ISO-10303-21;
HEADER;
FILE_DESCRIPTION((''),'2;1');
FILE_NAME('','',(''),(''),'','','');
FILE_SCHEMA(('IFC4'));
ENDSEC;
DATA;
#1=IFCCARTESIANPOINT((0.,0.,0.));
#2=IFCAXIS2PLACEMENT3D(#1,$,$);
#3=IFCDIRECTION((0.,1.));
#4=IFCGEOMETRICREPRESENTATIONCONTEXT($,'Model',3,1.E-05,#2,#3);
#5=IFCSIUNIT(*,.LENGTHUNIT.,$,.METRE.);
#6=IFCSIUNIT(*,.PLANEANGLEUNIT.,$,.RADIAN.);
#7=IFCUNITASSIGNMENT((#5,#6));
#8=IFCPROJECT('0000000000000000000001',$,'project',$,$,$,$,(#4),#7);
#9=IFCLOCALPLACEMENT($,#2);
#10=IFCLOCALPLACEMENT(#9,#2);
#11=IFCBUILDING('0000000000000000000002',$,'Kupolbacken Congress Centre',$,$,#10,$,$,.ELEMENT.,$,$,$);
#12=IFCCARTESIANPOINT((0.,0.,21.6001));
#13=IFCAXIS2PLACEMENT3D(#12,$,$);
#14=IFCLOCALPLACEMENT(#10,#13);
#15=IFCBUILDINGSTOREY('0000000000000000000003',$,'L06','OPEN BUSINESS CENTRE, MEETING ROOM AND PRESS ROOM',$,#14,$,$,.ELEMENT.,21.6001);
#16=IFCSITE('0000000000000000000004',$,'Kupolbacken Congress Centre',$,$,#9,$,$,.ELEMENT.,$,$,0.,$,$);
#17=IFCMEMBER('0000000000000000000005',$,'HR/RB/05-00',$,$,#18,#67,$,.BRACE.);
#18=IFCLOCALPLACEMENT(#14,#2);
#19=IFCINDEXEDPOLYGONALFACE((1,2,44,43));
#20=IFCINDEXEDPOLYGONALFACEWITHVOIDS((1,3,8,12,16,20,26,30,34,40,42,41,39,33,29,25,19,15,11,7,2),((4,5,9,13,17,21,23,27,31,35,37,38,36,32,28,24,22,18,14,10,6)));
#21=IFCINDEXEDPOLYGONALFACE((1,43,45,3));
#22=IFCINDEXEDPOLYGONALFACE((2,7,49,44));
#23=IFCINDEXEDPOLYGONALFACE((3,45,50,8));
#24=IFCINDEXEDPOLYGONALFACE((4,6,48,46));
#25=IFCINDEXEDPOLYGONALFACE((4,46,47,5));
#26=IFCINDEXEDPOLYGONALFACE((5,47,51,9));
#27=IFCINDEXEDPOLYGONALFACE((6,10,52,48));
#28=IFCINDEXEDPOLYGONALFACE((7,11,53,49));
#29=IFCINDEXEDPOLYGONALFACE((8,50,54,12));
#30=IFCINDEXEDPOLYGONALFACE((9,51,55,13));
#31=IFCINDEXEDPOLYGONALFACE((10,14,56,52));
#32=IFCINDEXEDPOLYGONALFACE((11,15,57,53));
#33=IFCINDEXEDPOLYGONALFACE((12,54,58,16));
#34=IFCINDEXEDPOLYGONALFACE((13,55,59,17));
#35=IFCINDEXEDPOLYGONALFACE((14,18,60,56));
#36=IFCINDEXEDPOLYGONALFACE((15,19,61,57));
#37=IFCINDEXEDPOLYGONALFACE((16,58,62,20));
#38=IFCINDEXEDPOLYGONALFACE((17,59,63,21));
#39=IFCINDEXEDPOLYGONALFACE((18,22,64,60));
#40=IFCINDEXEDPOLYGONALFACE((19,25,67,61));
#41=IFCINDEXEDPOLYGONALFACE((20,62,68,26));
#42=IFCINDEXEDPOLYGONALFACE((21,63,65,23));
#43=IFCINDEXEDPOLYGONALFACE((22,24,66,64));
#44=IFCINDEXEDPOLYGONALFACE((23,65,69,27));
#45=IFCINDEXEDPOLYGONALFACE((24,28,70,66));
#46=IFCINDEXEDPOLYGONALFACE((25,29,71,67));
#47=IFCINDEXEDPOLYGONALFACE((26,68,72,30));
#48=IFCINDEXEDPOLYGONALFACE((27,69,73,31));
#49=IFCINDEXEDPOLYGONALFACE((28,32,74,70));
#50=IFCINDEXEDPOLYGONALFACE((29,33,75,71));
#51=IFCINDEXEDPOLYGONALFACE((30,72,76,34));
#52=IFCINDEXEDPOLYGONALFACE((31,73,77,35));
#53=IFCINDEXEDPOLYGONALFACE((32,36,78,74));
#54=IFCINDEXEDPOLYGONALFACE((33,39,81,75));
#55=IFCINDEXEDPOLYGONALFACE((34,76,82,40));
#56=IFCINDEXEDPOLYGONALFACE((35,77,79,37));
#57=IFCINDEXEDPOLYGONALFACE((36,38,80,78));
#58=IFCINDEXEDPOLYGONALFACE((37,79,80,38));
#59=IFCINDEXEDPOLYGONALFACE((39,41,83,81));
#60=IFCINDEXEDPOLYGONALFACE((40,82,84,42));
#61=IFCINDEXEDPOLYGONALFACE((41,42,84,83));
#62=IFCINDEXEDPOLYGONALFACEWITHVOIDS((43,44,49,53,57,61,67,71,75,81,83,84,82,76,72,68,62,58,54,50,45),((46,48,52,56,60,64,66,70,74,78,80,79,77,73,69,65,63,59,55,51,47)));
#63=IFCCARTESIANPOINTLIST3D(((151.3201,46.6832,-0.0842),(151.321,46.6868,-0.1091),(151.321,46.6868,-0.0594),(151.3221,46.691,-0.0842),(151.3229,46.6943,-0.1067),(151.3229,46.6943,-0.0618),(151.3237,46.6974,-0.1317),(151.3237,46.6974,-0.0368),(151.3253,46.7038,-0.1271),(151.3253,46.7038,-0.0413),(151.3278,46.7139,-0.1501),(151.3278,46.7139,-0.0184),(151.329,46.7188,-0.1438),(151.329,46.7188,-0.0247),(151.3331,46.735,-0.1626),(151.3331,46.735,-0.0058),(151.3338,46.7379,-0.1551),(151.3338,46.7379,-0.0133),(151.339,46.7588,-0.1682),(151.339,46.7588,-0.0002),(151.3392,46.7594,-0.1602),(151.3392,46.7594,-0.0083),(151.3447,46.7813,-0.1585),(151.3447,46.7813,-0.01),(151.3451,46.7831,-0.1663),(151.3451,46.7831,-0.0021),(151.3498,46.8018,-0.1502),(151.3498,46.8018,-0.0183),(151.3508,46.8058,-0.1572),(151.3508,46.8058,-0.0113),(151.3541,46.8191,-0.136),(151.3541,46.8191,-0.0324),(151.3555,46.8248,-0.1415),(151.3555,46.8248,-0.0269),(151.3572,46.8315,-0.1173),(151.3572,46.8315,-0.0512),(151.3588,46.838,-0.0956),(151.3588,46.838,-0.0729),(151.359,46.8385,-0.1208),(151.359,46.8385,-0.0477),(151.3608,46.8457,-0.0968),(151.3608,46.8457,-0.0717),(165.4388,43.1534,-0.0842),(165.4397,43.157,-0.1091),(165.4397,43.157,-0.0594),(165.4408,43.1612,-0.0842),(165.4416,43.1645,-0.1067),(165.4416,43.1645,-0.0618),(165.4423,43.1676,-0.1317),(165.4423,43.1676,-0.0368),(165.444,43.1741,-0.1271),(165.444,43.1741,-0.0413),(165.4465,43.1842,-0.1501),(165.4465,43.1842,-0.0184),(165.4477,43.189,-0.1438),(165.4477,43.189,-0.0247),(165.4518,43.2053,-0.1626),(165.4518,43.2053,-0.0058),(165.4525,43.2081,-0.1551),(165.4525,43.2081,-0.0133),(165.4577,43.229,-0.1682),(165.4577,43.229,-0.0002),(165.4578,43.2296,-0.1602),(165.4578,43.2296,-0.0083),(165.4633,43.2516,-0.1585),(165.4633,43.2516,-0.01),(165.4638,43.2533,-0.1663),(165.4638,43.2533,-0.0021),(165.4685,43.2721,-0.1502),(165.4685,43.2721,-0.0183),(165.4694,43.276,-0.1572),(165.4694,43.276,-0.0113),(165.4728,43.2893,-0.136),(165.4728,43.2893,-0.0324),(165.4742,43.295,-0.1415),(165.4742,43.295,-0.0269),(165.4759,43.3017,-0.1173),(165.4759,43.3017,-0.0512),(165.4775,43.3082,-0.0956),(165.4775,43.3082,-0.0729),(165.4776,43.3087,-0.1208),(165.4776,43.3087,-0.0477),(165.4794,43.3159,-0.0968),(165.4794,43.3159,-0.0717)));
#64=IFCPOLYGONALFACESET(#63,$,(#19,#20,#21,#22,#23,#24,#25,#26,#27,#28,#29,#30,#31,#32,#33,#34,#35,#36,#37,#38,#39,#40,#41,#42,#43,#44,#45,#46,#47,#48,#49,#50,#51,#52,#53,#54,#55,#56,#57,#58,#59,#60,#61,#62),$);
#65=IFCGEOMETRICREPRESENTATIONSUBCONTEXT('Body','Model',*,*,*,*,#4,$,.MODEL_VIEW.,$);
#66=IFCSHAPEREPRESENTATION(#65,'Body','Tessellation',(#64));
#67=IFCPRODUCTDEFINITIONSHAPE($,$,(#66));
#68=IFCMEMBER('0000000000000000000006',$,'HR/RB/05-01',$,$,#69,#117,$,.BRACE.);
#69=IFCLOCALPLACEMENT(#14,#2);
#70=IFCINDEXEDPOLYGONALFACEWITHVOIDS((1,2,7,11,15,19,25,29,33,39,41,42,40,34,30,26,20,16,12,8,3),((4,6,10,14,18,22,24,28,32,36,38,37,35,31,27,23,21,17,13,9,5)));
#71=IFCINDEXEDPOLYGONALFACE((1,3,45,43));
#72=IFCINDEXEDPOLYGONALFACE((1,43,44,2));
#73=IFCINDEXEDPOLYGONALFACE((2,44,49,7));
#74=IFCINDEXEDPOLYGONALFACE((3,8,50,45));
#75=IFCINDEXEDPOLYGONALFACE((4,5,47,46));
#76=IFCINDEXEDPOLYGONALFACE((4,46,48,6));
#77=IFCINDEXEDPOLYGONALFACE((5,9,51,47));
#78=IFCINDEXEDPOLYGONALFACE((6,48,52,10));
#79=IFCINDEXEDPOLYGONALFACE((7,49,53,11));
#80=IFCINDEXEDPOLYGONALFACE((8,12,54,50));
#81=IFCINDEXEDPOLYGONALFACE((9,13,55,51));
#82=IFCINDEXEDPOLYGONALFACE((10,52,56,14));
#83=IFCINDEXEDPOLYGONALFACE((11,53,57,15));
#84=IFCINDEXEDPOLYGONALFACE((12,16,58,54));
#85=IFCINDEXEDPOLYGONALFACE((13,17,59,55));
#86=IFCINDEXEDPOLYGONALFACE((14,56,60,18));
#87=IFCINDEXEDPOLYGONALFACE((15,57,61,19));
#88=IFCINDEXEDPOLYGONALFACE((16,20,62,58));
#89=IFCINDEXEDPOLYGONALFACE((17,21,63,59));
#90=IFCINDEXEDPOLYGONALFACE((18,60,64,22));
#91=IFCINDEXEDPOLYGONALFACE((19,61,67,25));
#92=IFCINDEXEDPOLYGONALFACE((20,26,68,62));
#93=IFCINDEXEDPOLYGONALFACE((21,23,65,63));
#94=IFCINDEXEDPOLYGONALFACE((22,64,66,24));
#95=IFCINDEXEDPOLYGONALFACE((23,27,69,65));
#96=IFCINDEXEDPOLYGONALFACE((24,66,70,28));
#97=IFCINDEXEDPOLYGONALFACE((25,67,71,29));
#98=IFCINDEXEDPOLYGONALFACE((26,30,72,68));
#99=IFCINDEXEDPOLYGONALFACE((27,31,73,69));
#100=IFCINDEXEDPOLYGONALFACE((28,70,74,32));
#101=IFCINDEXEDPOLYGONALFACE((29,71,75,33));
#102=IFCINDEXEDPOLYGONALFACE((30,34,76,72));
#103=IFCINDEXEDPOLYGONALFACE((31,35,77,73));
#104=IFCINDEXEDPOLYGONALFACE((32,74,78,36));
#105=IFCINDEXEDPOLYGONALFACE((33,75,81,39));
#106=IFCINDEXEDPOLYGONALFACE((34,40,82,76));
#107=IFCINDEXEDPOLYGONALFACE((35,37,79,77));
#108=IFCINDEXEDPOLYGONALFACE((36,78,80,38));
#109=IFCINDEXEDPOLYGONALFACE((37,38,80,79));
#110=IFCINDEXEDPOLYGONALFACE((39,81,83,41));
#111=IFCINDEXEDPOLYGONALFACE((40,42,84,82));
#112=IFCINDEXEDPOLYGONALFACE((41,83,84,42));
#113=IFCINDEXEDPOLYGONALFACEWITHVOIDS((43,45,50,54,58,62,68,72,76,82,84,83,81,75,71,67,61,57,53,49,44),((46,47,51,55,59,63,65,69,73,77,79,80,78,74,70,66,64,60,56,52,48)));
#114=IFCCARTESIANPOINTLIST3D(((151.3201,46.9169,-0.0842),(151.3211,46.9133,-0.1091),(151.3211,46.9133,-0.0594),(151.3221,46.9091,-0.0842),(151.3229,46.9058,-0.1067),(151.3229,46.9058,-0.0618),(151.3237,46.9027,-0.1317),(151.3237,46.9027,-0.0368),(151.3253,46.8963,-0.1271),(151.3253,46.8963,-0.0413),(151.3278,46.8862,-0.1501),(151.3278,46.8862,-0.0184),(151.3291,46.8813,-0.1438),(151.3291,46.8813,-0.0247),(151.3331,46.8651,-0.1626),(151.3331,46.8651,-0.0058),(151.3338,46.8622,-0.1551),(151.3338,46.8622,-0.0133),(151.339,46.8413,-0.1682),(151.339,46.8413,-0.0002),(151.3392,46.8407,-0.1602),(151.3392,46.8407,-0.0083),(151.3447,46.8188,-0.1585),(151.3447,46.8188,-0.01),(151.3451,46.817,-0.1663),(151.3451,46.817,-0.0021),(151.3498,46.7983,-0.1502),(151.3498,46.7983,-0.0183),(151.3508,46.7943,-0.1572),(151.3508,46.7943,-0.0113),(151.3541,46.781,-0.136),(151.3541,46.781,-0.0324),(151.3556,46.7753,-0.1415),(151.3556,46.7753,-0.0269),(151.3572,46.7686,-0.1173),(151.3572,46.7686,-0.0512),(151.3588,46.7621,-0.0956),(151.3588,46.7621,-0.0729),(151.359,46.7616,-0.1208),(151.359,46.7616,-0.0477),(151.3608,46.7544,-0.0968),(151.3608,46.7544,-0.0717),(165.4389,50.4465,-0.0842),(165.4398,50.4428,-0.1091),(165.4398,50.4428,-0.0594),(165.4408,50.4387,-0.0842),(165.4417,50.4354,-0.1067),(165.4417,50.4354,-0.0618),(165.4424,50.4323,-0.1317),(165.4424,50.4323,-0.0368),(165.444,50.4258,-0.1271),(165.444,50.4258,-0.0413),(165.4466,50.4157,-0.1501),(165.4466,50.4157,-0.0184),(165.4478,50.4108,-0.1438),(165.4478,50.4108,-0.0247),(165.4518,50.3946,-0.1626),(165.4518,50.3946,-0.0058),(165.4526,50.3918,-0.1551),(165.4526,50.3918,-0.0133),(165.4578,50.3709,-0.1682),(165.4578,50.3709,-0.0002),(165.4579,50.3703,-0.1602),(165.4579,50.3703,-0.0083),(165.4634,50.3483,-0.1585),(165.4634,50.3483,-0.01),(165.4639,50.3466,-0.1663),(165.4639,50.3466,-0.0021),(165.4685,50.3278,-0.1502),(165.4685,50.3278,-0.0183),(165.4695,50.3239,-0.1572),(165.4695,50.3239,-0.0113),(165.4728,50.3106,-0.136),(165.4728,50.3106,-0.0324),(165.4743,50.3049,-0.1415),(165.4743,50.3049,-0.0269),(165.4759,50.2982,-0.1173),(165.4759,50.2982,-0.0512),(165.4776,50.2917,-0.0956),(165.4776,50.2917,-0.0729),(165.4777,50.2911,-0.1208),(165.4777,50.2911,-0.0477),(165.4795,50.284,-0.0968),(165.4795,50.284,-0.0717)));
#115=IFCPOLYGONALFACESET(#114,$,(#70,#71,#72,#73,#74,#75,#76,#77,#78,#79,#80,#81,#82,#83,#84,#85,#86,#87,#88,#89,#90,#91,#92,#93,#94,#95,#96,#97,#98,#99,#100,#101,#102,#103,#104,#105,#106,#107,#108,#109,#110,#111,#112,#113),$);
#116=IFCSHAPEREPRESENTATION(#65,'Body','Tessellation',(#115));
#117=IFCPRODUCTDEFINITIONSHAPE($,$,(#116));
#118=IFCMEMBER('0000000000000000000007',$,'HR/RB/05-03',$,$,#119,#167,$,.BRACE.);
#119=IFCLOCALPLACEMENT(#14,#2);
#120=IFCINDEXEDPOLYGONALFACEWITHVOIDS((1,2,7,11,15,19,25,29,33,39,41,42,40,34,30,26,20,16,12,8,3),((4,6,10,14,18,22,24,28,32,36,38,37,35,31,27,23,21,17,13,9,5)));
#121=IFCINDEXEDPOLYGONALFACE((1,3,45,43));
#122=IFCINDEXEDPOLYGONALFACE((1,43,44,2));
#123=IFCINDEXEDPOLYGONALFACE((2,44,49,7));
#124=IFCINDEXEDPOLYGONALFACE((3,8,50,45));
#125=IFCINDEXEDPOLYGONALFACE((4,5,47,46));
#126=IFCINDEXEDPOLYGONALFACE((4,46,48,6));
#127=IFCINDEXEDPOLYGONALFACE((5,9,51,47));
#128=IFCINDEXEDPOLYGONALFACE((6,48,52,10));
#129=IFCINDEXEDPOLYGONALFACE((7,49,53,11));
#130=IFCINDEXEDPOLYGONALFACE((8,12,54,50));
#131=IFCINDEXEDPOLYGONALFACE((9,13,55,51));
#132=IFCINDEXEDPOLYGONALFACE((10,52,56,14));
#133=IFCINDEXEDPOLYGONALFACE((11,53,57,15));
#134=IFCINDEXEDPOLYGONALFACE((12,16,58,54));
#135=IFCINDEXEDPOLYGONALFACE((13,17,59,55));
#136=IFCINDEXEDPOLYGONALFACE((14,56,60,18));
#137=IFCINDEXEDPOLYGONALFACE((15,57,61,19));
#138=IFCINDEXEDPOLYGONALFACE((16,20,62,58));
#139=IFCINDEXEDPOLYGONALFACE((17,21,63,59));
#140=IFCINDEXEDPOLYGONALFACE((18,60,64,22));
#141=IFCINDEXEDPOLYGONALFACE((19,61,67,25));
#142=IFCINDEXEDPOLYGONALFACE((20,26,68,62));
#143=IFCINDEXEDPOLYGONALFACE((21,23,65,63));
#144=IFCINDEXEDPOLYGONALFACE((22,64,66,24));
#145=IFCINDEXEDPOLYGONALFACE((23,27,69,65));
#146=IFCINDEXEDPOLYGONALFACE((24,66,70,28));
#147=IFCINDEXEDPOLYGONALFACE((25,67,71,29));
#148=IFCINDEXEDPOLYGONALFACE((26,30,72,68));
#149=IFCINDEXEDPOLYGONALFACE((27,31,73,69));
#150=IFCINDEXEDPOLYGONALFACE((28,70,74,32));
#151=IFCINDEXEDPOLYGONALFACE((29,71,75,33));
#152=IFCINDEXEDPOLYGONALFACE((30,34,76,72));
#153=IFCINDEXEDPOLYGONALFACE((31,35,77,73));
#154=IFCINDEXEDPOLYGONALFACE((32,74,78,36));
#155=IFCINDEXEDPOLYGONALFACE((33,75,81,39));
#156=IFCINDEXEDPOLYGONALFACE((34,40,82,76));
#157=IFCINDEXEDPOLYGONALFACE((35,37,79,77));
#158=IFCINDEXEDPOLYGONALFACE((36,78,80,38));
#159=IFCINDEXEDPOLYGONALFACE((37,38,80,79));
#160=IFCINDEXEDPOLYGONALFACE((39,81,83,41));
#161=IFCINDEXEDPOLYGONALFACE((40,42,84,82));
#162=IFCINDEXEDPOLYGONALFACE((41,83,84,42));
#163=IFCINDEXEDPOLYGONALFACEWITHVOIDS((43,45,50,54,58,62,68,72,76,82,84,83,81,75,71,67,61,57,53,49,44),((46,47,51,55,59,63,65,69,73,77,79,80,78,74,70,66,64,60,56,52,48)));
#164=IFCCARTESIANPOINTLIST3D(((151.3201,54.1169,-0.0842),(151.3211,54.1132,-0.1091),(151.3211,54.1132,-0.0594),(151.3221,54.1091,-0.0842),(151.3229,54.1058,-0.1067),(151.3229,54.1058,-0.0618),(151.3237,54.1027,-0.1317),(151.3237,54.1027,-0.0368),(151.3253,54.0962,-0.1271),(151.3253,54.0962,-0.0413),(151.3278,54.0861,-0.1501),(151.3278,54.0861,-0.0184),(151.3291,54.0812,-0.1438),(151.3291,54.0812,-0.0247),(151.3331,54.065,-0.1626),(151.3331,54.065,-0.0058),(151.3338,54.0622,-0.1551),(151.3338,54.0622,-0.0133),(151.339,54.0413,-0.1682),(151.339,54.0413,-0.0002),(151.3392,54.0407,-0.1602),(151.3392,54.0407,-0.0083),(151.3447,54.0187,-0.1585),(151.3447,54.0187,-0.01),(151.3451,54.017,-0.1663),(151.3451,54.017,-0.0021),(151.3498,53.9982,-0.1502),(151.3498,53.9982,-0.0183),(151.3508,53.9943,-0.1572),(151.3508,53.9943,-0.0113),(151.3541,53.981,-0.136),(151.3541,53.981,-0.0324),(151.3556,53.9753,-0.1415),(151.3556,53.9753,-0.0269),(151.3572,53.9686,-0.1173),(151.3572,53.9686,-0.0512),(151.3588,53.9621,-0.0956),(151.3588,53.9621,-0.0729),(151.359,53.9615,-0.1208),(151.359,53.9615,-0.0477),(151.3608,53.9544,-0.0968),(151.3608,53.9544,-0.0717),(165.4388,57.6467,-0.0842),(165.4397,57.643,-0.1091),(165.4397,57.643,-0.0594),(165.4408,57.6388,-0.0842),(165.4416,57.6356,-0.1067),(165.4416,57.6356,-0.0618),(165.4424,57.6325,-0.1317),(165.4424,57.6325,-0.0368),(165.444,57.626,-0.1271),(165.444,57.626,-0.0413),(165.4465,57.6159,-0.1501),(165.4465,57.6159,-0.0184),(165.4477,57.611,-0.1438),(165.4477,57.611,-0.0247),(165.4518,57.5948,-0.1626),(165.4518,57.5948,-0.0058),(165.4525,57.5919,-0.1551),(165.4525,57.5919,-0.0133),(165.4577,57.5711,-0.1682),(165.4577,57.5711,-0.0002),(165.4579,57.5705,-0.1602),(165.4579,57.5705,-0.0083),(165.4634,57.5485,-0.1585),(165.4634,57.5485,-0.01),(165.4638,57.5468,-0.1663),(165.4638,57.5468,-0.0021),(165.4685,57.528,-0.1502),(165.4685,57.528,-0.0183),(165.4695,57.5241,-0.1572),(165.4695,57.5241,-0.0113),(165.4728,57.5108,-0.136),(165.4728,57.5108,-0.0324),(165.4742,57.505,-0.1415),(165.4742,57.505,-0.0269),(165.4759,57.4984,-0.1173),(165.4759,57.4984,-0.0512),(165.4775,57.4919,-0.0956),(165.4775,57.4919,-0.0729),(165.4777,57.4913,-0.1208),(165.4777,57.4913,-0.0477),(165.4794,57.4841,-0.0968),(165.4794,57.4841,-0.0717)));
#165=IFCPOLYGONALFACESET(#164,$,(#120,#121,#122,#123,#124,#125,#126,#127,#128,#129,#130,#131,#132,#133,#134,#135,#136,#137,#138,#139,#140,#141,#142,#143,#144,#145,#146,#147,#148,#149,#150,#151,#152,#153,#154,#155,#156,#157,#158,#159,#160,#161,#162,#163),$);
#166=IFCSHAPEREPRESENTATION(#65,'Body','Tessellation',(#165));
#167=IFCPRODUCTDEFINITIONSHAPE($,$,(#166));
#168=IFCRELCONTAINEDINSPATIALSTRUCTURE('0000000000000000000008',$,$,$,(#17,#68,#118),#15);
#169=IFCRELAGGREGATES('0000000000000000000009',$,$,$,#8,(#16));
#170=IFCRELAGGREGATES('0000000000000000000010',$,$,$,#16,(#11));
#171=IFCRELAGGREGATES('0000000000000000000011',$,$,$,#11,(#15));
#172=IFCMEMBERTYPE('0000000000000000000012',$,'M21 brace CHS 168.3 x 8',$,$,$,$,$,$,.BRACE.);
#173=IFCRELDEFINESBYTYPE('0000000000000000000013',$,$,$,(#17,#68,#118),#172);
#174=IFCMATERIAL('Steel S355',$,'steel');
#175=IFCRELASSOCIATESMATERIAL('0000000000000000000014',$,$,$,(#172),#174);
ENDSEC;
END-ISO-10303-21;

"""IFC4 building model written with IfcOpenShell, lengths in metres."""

from ifc_helpers import new_model, si_unit, direction, frame, origin, origin_2d, place, context, subcontext, project, spatial, hollow_circle, extrude, material, material_profile, profile_set, type_object, element, save


model = new_model("IFC4")

# Units and contexts
model_context = context("Model", 3, precision=1e-05, world=origin(), true_north=direction((0.0, 1.0)))
body_context = subcontext(model_context, "Body", "Model", "MODEL_VIEW")
ifc_project = project(units=[si_unit("LENGTHUNIT", "METRE"), si_unit("PLANEANGLEUNIT", "RADIAN")], contexts=[model_context])

# Site, building, storey
site_placement = place(None, origin())
site = spatial("IfcSite", under=ifc_project, at=site_placement, Name="Kupolbacken Congress Centre", CompositionType="ELEMENT", RefElevation=0.0)
building_placement = place(site_placement, origin())
building = spatial("IfcBuilding", under=site, at=building_placement, Name="Kupolbacken Congress Centre", CompositionType="ELEMENT")
storey_placement = place(building_placement, frame((0.0, 0.0, 21.6001)))
storey = spatial("IfcBuildingStorey", under=building, at=storey_placement, Name="L06", Description="OPEN BUSINESS CENTRE, MEETING ROOM AND PRESS ROOM", CompositionType="ELEMENT", Elevation=21.6001)

# Members
ifc_material_1 = material(Name="Steel S355", Category="steel")
ifc_material_profile_1 = material_profile(ifc_material_1, hollow_circle(Radius=0.0842, WallThickness=0.0081, at=origin_2d()), Name="CHS 168.3 x 8")
ifc_profile_set_1 = profile_set([ifc_material_profile_1], Name="Steel S355")
member_type_1 = type_object("IfcMemberType", Name="M21 brace CHS 168.3 x 8", PredefinedType="BRACE", material=ifc_profile_set_1)
for number, where, z_axis, x_axis, name in (
    (1, (165.4592, 43.2351, -0.0842), (-0.970141, 0.242544, 0.0), (-0.242544, -0.970141, 0.0), "HR/RB/05-00"),
    (2, (151.3406, 46.8352, -0.0842), (0.970144, 0.242528, 0.0), (-0.242528, 0.970144, 0.0), "HR/RB/05-01"),
    (3, (151.3406, 54.0352, -0.0842), (0.970141, 0.242544, 0.0), (-0.242544, 0.970141, 0.0), "HR/RB/05-03"),
):
    element("IfcMember", number, at=place(storey_placement, frame(where, z_axis=z_axis, x_axis=x_axis)), inside=storey, type_object=member_type_1, Name=name, PredefinedType="BRACE", context=body_context, shape_type="SweptSolid", body=[
        extrude(hollow_circle(Radius=0.0842, WallThickness=0.0081, at=origin_2d()), origin(), (0.0, 0.0, 1.0), 14.5532),
    ])

save(model, "model.ifc")
